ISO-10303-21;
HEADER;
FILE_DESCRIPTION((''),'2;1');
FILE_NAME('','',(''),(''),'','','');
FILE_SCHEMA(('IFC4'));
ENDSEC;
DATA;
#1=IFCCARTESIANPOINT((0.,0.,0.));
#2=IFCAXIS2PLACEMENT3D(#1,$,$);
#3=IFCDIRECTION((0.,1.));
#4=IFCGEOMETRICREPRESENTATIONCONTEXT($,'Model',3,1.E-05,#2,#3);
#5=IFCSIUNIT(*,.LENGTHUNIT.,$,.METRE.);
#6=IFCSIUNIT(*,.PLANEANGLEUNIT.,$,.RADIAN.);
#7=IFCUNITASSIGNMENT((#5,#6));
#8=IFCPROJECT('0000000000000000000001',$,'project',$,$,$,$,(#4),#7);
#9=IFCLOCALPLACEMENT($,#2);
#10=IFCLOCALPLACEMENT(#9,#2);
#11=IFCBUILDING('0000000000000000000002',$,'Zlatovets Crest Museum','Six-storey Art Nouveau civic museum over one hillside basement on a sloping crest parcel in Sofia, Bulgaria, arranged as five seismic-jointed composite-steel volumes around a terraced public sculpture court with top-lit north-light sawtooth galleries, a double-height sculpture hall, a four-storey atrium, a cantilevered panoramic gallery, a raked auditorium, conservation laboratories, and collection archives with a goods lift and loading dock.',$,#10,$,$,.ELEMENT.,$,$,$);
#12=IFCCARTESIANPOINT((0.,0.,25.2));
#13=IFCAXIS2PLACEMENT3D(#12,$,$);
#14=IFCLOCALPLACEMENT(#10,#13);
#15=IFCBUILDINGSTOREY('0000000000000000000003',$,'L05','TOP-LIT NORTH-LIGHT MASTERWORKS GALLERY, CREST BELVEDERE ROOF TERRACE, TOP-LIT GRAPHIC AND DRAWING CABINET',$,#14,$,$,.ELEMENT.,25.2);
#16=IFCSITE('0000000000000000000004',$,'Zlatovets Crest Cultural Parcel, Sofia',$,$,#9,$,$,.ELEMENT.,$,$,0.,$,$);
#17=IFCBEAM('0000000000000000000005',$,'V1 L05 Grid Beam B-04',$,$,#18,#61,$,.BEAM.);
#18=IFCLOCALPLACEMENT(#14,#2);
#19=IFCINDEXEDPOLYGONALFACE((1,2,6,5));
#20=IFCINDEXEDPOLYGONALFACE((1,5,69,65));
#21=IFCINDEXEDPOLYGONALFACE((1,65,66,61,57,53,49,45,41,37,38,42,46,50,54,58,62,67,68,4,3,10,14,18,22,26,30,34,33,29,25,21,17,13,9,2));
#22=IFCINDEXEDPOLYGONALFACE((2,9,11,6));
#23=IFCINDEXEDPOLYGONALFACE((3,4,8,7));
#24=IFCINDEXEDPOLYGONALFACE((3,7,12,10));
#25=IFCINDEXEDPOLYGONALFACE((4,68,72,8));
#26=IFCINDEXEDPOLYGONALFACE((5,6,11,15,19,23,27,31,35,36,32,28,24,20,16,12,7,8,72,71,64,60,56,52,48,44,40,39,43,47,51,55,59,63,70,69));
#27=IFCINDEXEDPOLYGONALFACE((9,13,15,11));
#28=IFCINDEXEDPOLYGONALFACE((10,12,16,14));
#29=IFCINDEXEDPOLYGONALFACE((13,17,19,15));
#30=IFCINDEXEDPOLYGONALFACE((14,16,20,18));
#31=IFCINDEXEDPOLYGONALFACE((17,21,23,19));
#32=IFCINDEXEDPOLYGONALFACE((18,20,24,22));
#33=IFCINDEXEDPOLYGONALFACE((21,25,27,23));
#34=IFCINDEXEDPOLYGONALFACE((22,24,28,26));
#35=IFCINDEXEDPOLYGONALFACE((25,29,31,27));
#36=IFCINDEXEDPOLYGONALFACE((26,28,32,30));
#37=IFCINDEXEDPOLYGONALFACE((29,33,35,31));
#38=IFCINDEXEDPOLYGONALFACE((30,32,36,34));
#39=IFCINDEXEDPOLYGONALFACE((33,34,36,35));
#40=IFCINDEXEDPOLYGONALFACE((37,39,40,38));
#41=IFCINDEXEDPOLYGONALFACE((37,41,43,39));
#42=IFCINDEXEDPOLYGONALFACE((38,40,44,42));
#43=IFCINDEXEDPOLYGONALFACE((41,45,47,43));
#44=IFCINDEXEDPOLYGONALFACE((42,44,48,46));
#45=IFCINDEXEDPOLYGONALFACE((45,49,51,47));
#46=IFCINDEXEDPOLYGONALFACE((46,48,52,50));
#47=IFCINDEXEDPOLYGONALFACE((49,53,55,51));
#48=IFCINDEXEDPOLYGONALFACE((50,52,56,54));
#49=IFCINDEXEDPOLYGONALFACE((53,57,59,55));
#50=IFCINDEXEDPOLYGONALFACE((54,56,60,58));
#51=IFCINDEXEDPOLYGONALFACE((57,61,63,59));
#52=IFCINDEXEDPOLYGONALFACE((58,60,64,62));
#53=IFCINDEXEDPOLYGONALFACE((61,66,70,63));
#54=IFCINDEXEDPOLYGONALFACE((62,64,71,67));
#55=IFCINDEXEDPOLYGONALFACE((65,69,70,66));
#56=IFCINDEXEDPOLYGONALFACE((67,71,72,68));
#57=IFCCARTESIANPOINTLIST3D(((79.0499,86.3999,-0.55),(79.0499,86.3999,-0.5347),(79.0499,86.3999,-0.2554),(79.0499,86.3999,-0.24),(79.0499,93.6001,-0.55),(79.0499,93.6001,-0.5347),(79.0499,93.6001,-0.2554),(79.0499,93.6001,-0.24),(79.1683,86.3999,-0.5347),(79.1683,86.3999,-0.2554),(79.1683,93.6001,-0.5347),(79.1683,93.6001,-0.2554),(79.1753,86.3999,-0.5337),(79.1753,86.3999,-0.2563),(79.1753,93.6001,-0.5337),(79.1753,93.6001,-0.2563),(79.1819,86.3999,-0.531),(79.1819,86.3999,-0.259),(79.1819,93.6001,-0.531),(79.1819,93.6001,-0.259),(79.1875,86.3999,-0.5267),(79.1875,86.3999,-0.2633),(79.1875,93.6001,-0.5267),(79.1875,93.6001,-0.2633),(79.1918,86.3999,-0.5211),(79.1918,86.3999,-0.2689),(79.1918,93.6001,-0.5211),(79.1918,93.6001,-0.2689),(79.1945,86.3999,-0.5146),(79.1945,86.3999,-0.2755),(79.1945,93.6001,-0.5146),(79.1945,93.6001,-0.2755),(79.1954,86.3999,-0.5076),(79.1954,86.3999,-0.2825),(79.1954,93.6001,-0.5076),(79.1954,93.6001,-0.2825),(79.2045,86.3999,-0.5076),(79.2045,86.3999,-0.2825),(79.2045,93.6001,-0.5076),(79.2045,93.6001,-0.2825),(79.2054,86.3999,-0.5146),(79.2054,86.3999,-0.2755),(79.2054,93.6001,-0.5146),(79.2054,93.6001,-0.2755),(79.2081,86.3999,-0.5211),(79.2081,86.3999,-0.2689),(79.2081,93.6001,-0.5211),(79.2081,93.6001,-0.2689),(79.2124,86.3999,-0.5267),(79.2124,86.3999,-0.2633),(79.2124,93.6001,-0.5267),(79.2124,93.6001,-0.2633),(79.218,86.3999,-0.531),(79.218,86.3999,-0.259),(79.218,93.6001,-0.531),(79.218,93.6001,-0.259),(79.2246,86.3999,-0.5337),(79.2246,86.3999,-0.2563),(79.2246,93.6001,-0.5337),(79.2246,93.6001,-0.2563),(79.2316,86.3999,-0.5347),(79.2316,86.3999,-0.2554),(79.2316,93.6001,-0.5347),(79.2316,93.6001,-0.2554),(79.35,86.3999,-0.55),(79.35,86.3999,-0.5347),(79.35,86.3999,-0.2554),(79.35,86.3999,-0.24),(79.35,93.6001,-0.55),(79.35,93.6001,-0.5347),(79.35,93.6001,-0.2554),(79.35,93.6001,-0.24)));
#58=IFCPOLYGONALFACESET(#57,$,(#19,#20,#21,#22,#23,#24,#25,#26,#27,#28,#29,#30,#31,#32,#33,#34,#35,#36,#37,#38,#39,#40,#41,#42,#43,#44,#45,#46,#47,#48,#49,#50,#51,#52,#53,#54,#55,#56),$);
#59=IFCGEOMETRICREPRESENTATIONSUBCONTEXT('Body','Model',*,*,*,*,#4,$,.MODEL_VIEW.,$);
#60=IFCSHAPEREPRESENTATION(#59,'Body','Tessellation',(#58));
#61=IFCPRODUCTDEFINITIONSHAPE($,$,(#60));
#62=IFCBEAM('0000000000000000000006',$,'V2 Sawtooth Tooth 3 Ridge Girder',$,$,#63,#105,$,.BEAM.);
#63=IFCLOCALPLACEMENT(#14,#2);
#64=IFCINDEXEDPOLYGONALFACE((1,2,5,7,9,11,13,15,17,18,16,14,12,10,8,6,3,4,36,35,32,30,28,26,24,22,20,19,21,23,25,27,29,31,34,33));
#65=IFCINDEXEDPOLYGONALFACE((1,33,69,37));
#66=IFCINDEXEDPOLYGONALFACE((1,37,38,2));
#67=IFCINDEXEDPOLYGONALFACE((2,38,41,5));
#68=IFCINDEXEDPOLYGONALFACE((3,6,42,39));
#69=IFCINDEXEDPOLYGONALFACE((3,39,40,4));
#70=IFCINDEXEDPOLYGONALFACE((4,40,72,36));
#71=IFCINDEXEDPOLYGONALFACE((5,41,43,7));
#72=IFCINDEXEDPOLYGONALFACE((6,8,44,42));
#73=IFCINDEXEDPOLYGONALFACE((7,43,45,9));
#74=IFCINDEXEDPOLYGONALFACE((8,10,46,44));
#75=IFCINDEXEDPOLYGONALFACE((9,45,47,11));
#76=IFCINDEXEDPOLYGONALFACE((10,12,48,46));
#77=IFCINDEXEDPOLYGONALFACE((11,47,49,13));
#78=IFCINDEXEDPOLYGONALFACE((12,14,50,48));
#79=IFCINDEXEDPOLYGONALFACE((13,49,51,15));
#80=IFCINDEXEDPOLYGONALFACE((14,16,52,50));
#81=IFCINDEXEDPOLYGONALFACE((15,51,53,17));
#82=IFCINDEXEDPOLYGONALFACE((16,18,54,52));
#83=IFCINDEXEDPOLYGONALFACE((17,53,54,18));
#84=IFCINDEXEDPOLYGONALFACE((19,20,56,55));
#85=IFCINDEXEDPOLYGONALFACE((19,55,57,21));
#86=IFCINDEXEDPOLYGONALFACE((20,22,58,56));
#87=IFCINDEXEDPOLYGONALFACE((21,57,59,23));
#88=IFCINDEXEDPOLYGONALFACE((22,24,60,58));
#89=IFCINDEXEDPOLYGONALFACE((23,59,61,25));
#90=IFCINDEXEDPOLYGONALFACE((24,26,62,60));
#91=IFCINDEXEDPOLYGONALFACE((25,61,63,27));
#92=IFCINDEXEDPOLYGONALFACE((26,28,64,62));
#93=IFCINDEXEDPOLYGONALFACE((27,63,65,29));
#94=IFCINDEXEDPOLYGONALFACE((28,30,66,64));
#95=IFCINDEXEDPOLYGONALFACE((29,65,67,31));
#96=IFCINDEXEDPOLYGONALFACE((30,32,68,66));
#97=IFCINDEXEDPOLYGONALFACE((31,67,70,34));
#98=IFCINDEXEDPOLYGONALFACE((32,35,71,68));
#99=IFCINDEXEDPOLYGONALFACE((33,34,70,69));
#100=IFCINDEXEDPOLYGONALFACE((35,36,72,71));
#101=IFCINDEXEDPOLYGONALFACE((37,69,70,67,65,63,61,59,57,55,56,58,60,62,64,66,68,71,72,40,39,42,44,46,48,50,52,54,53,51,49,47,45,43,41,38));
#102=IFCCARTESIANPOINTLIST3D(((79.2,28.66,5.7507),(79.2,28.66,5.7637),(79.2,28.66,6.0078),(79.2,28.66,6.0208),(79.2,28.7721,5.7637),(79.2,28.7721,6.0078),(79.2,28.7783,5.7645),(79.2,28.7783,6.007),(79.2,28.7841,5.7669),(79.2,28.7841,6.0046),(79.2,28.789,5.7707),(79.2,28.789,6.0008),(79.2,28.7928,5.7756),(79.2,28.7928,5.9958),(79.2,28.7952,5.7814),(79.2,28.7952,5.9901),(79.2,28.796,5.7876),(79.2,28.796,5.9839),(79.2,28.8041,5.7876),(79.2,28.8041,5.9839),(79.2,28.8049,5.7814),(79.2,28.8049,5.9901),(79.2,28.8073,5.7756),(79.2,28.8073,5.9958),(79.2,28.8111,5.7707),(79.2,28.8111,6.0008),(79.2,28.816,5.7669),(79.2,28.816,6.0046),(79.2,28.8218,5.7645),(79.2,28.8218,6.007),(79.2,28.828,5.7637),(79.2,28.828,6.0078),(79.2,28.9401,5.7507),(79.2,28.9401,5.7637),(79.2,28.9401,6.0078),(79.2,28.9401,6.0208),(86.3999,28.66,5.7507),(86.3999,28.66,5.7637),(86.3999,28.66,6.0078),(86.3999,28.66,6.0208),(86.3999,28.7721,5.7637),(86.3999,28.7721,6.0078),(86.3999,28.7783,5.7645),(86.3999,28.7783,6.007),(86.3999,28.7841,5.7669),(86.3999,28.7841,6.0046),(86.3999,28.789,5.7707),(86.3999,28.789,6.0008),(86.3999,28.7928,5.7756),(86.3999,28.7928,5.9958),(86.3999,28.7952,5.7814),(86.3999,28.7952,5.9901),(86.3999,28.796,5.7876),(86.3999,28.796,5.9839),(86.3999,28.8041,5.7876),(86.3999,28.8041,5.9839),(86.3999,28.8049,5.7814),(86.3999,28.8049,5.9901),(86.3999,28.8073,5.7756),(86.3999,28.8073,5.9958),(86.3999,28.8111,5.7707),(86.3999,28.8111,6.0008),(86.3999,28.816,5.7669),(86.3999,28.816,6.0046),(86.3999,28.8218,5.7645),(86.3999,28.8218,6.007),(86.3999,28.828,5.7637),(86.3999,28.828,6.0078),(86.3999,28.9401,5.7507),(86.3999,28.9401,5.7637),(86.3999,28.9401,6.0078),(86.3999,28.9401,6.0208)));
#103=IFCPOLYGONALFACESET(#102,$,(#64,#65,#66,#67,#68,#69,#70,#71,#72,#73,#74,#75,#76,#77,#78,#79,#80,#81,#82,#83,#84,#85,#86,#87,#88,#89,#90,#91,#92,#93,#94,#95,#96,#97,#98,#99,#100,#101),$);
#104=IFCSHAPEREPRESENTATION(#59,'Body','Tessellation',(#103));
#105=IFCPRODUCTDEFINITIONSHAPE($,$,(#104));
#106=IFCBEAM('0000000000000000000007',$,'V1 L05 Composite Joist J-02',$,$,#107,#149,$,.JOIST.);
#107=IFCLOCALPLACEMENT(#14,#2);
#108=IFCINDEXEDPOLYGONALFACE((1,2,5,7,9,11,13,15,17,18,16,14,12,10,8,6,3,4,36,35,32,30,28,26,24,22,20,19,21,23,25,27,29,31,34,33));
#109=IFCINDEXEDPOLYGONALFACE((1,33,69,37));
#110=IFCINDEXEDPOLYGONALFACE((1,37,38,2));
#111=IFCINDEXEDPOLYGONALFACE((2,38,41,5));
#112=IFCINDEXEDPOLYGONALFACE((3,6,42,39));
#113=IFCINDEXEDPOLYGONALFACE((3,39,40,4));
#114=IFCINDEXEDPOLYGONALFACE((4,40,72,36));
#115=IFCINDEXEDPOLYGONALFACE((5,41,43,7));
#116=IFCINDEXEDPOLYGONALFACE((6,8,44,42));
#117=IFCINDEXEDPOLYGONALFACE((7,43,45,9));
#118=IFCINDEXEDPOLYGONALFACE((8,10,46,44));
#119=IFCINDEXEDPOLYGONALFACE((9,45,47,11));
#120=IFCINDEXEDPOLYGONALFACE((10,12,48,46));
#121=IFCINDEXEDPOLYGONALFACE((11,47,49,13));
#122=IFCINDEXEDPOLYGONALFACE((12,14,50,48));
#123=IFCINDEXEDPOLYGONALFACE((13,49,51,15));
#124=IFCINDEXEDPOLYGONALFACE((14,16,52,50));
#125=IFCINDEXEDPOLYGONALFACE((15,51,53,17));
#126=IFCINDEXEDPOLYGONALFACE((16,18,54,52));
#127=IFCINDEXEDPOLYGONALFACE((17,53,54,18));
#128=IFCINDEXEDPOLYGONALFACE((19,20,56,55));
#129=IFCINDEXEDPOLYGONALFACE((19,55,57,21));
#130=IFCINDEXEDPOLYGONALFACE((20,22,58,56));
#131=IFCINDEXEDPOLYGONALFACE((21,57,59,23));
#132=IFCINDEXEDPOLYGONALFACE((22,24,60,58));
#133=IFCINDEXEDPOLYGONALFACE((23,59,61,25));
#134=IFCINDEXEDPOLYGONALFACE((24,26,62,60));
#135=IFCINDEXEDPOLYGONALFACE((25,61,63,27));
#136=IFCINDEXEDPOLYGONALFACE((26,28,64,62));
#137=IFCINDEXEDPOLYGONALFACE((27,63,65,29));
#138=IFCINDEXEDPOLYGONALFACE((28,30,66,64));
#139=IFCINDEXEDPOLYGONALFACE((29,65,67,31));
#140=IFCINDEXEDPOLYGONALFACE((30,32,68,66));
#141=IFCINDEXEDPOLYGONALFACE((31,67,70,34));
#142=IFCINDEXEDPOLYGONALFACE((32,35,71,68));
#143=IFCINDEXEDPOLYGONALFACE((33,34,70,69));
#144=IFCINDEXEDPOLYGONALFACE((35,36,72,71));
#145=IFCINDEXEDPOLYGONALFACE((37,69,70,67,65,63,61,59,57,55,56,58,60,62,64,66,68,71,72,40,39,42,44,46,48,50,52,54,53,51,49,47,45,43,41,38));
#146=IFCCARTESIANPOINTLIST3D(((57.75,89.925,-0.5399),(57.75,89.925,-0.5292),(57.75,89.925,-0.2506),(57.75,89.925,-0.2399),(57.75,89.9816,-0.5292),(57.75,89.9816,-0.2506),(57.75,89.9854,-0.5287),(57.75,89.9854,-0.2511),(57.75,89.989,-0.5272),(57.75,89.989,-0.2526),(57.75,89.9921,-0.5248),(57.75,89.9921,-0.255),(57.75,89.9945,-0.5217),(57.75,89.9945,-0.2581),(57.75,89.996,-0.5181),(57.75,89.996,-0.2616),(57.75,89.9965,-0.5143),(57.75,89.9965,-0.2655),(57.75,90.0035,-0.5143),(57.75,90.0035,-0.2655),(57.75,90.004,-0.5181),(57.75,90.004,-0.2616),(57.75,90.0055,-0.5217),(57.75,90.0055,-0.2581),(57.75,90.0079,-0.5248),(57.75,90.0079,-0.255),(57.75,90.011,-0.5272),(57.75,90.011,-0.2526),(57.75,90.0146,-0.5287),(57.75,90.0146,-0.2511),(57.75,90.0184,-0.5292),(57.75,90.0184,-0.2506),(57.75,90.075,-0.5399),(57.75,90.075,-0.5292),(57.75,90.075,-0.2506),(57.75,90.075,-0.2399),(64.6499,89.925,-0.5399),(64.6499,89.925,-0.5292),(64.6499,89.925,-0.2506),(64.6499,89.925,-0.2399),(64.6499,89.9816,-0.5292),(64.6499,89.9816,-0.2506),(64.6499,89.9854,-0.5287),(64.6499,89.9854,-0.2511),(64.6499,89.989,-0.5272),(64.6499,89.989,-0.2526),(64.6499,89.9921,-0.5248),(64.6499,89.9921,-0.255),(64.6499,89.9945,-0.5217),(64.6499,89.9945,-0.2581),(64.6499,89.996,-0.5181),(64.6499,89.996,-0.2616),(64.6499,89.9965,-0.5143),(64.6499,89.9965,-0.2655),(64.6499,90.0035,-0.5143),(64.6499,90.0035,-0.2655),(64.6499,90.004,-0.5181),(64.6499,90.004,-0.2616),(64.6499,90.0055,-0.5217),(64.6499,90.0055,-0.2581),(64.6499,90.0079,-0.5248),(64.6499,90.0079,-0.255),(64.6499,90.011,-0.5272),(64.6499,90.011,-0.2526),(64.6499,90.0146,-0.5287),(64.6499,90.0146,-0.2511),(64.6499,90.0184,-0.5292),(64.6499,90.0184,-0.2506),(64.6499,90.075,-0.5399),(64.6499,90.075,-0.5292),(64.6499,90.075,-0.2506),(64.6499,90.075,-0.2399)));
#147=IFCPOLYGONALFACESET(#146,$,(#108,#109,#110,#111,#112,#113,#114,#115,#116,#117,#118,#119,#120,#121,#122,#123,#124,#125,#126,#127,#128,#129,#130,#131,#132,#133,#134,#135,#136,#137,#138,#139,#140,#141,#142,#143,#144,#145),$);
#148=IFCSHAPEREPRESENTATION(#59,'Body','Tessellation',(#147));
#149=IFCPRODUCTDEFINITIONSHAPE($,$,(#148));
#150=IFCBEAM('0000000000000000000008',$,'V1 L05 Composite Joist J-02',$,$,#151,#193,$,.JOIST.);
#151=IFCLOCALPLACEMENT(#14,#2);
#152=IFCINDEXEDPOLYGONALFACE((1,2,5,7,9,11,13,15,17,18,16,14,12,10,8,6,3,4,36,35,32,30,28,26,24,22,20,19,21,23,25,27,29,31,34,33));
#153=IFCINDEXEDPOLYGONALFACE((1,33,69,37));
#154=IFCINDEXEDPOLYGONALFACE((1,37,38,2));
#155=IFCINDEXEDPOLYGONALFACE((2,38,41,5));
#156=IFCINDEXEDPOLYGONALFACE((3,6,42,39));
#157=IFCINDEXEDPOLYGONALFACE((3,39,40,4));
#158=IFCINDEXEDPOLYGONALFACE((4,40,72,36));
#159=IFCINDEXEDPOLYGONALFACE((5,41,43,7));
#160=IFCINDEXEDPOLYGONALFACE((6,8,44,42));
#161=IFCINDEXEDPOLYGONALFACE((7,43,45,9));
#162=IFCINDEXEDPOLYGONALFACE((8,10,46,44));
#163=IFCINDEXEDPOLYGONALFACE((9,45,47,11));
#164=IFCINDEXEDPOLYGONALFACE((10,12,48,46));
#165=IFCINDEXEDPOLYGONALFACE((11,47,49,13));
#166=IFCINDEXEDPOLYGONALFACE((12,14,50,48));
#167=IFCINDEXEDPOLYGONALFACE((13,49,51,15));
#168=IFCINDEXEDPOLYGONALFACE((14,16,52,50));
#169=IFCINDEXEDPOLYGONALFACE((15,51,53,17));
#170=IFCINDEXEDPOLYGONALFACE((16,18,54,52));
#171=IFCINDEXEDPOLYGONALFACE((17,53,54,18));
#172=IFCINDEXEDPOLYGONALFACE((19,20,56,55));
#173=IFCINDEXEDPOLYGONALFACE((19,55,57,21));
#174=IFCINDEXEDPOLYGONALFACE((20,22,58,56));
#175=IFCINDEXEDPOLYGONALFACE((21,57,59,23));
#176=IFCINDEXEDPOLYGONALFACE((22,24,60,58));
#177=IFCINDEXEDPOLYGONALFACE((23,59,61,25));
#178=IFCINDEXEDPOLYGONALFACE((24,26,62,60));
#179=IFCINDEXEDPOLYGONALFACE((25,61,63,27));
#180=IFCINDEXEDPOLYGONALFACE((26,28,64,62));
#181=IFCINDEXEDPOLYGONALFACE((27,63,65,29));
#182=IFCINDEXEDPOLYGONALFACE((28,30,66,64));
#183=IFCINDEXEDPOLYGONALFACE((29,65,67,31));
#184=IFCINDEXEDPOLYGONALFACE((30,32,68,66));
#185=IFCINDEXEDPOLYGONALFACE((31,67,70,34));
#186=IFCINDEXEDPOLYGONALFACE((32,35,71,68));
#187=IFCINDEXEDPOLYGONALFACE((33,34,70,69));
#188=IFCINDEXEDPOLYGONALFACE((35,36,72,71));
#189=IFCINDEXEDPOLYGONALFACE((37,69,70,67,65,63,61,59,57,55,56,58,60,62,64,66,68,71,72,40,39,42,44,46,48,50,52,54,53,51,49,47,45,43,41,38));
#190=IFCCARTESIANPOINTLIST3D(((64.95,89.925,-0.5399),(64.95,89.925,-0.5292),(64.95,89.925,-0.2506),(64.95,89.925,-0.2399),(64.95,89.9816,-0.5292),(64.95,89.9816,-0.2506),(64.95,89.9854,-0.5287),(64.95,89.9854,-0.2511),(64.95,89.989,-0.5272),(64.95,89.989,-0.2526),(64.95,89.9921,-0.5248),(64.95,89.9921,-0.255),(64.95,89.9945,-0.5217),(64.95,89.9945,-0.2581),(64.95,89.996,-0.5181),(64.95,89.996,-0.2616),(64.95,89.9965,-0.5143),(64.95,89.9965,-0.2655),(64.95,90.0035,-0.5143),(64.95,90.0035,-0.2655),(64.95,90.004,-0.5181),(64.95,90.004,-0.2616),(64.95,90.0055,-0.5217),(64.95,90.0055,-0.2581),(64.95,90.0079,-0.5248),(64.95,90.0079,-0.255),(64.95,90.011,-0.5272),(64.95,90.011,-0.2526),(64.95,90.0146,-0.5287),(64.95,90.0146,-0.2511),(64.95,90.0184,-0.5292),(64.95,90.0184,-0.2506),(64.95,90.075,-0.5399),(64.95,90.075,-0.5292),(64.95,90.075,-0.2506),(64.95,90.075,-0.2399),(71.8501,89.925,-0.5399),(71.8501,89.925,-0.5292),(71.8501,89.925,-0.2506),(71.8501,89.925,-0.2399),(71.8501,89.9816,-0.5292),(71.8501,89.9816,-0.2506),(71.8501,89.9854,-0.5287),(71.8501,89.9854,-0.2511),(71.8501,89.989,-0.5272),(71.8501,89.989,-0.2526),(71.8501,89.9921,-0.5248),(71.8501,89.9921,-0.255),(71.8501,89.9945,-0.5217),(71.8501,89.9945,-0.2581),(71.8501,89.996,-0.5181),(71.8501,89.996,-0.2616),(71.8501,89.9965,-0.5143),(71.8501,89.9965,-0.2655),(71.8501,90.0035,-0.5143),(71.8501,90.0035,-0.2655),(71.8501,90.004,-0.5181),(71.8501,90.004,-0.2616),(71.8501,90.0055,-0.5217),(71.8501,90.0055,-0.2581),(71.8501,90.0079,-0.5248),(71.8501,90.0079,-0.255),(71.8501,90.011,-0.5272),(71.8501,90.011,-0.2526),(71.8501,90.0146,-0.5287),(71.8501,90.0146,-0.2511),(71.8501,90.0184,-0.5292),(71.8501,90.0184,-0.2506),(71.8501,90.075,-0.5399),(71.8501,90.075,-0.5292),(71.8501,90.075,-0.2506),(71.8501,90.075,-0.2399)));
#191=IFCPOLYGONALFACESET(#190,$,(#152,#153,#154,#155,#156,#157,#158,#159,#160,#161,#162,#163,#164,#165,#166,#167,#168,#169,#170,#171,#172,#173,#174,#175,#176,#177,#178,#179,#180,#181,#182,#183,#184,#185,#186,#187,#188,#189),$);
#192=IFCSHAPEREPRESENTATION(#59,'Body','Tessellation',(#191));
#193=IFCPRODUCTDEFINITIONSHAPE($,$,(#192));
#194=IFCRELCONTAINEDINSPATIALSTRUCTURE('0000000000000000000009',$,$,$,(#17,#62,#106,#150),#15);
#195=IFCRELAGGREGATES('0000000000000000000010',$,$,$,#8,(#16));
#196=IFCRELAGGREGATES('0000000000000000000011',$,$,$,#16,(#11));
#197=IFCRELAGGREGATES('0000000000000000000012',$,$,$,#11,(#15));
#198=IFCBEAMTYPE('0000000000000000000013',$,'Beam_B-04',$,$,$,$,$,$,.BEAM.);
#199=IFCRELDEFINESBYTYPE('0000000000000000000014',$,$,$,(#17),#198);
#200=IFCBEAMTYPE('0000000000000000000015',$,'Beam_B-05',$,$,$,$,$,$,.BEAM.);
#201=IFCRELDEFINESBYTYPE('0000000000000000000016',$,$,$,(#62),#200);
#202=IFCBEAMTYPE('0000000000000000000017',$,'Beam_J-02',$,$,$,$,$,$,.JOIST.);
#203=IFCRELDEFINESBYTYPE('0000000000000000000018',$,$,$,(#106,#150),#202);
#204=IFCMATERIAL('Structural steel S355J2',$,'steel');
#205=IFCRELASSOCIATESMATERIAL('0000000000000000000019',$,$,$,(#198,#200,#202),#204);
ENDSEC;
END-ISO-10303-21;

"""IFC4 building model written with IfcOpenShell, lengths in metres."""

from ifc_helpers import new_model, si_unit, direction, frame, origin, origin_2d, place, context, subcontext, project, spatial, i_section, extrude, material, material_profile, profile_set, type_object, element, save


model = new_model("IFC4")

# Units and contexts
model_context = context("Model", 3, precision=1e-05, world=origin(), true_north=direction((0.0, 1.0)))
body_context = subcontext(model_context, "Body", "Model", "MODEL_VIEW")
ifc_project = project(units=[si_unit("LENGTHUNIT", "METRE"), si_unit("PLANEANGLEUNIT", "RADIAN")], contexts=[model_context])

# Site, building, storey
site_placement = place(None, origin())
site = spatial("IfcSite", under=ifc_project, at=site_placement, Name="Zlatovets Crest Cultural Parcel, Sofia", CompositionType="ELEMENT", RefElevation=0.0)
building_placement = place(site_placement, origin())
building = spatial("IfcBuilding", under=site, at=building_placement, Name="Zlatovets Crest Museum", Description="Six-storey Art Nouveau civic museum over one hillside basement on a sloping crest parcel in Sofia, Bulgaria, arranged as five seismic-jointed composite-steel volumes around a terraced public sculpture court with top-lit north-light sawtooth galleries, a double-height sculpture hall, a four-storey atrium, a cantilevered panoramic gallery, a raked auditorium, conservation laboratories, and collection archives with a goods lift and loading dock.", CompositionType="ELEMENT")
storey_placement = place(building_placement, frame((0.0, 0.0, 25.2)))
storey = spatial("IfcBuildingStorey", under=building, at=storey_placement, Name="L05", Description="TOP-LIT NORTH-LIGHT MASTERWORKS GALLERY, CREST BELVEDERE ROOF TERRACE, TOP-LIT GRAPHIC AND DRAWING CABINET", CompositionType="ELEMENT", Elevation=25.2)

# Beams
ifc_material_1 = material(Name="Structural steel S355J2", Category="steel")
ifc_material_profile_1 = material_profile(ifc_material_1, i_section(OverallWidth=0.3, OverallDepth=0.3101, WebThickness=0.009, FlangeThickness=0.0154, FilletRadius=0.0271, at=origin_2d()), Name="HEA 320")
ifc_profile_set_1 = profile_set([ifc_material_profile_1], Name="Structural steel S355J2")
beam_type_1 = type_object("IfcBeamType", Name="Beam_B-04", PredefinedType="BEAM", material=ifc_profile_set_1)
for number, where, z_axis, x_axis, name in (
    (1, (79.2, 86.3999, -0.395), (0.0, 1.0, 0.0), (-1.0, 0.0, 0.0), "V1 L05 Grid Beam B-04"),
):
    element("IfcBeam", number, at=place(storey_placement, frame(where, z_axis=z_axis, x_axis=x_axis)), inside=storey, type_object=beam_type_1, Name=name, PredefinedType="BEAM", context=body_context, shape_type="SweptSolid", body=[
        extrude(i_section(OverallWidth=0.3, OverallDepth=0.3101, WebThickness=0.009, FlangeThickness=0.0154, FilletRadius=0.0271, at=origin_2d()), origin(), (0.0, 0.0, 1.0), 7.2002),
    ])
ifc_material_profile_2 = material_profile(ifc_material_1, i_section(OverallWidth=0.28, OverallDepth=0.27, WebThickness=0.0081, FlangeThickness=0.0129, FilletRadius=0.0239, at=origin_2d()), Name="HEA 280")
ifc_profile_set_2 = profile_set([ifc_material_profile_2], Name="Structural steel S355J2")
beam_type_2 = type_object("IfcBeamType", Name="Beam_B-05", PredefinedType="BEAM", material=ifc_profile_set_2)
beam_1_placement = place(storey_placement, frame((79.2, 28.8, 5.8857), z_axis=(1.0, 0.0, 0.0), x_axis=(0.0, 1.0, 0.0)))
element("IfcBeam", 2, at=beam_1_placement, inside=storey, type_object=beam_type_2, Name="V2 Sawtooth Tooth 3 Ridge Girder", PredefinedType="BEAM", context=body_context, shape_type="SweptSolid", body=[
    extrude(i_section(OverallWidth=0.28, OverallDepth=0.27, WebThickness=0.0081, FlangeThickness=0.0129, FilletRadius=0.0239, at=origin_2d()), origin(), (0.0, 0.0, 1.0), 7.2),
])
ifc_material_profile_3 = material_profile(ifc_material_1, i_section(OverallWidth=0.1499, OverallDepth=0.3, WebThickness=0.0071, FlangeThickness=0.0107, FilletRadius=0.0149, at=origin_2d()), Name="IPE 300")
ifc_profile_set_3 = profile_set([ifc_material_profile_3], Name="Structural steel S355J2")
beam_type_3 = type_object("IfcBeamType", Name="Beam_J-02", PredefinedType="JOIST", material=ifc_profile_set_3)
beam_2_placement = place(storey_placement, frame((57.75, 90.0, -0.3899), z_axis=(1.0, 0.0, 0.0), x_axis=(0.0, 1.0, 0.0)))
element("IfcBeam", 3, at=beam_2_placement, inside=storey, type_object=beam_type_3, Name="V1 L05 Composite Joist J-02", PredefinedType="JOIST", context=body_context, shape_type="SweptSolid", body=[
    extrude(i_section(OverallWidth=0.1499, OverallDepth=0.3, WebThickness=0.0071, FlangeThickness=0.0107, FilletRadius=0.0149, at=origin_2d()), origin(), (0.0, 0.0, 1.0), 6.8999),
])
for number, where, z_axis, x_axis, name in (
    (4, (64.95, 90.0, -0.3899), (1.0, 0.0, 0.0), (0.0, 1.0, 0.0), "V1 L05 Composite Joist J-02"),
):
    element("IfcBeam", number, at=place(storey_placement, frame(where, z_axis=z_axis, x_axis=x_axis)), inside=storey, type_object=beam_type_3, Name=name, PredefinedType="JOIST", context=body_context, shape_type="SweptSolid", body=[
        extrude(i_section(OverallWidth=0.1499, OverallDepth=0.3, WebThickness=0.0071, FlangeThickness=0.0107, FilletRadius=0.0149, at=origin_2d()), origin(), (0.0, 0.0, 1.0), 6.9001),
    ])

save(model, "model.ifc")
